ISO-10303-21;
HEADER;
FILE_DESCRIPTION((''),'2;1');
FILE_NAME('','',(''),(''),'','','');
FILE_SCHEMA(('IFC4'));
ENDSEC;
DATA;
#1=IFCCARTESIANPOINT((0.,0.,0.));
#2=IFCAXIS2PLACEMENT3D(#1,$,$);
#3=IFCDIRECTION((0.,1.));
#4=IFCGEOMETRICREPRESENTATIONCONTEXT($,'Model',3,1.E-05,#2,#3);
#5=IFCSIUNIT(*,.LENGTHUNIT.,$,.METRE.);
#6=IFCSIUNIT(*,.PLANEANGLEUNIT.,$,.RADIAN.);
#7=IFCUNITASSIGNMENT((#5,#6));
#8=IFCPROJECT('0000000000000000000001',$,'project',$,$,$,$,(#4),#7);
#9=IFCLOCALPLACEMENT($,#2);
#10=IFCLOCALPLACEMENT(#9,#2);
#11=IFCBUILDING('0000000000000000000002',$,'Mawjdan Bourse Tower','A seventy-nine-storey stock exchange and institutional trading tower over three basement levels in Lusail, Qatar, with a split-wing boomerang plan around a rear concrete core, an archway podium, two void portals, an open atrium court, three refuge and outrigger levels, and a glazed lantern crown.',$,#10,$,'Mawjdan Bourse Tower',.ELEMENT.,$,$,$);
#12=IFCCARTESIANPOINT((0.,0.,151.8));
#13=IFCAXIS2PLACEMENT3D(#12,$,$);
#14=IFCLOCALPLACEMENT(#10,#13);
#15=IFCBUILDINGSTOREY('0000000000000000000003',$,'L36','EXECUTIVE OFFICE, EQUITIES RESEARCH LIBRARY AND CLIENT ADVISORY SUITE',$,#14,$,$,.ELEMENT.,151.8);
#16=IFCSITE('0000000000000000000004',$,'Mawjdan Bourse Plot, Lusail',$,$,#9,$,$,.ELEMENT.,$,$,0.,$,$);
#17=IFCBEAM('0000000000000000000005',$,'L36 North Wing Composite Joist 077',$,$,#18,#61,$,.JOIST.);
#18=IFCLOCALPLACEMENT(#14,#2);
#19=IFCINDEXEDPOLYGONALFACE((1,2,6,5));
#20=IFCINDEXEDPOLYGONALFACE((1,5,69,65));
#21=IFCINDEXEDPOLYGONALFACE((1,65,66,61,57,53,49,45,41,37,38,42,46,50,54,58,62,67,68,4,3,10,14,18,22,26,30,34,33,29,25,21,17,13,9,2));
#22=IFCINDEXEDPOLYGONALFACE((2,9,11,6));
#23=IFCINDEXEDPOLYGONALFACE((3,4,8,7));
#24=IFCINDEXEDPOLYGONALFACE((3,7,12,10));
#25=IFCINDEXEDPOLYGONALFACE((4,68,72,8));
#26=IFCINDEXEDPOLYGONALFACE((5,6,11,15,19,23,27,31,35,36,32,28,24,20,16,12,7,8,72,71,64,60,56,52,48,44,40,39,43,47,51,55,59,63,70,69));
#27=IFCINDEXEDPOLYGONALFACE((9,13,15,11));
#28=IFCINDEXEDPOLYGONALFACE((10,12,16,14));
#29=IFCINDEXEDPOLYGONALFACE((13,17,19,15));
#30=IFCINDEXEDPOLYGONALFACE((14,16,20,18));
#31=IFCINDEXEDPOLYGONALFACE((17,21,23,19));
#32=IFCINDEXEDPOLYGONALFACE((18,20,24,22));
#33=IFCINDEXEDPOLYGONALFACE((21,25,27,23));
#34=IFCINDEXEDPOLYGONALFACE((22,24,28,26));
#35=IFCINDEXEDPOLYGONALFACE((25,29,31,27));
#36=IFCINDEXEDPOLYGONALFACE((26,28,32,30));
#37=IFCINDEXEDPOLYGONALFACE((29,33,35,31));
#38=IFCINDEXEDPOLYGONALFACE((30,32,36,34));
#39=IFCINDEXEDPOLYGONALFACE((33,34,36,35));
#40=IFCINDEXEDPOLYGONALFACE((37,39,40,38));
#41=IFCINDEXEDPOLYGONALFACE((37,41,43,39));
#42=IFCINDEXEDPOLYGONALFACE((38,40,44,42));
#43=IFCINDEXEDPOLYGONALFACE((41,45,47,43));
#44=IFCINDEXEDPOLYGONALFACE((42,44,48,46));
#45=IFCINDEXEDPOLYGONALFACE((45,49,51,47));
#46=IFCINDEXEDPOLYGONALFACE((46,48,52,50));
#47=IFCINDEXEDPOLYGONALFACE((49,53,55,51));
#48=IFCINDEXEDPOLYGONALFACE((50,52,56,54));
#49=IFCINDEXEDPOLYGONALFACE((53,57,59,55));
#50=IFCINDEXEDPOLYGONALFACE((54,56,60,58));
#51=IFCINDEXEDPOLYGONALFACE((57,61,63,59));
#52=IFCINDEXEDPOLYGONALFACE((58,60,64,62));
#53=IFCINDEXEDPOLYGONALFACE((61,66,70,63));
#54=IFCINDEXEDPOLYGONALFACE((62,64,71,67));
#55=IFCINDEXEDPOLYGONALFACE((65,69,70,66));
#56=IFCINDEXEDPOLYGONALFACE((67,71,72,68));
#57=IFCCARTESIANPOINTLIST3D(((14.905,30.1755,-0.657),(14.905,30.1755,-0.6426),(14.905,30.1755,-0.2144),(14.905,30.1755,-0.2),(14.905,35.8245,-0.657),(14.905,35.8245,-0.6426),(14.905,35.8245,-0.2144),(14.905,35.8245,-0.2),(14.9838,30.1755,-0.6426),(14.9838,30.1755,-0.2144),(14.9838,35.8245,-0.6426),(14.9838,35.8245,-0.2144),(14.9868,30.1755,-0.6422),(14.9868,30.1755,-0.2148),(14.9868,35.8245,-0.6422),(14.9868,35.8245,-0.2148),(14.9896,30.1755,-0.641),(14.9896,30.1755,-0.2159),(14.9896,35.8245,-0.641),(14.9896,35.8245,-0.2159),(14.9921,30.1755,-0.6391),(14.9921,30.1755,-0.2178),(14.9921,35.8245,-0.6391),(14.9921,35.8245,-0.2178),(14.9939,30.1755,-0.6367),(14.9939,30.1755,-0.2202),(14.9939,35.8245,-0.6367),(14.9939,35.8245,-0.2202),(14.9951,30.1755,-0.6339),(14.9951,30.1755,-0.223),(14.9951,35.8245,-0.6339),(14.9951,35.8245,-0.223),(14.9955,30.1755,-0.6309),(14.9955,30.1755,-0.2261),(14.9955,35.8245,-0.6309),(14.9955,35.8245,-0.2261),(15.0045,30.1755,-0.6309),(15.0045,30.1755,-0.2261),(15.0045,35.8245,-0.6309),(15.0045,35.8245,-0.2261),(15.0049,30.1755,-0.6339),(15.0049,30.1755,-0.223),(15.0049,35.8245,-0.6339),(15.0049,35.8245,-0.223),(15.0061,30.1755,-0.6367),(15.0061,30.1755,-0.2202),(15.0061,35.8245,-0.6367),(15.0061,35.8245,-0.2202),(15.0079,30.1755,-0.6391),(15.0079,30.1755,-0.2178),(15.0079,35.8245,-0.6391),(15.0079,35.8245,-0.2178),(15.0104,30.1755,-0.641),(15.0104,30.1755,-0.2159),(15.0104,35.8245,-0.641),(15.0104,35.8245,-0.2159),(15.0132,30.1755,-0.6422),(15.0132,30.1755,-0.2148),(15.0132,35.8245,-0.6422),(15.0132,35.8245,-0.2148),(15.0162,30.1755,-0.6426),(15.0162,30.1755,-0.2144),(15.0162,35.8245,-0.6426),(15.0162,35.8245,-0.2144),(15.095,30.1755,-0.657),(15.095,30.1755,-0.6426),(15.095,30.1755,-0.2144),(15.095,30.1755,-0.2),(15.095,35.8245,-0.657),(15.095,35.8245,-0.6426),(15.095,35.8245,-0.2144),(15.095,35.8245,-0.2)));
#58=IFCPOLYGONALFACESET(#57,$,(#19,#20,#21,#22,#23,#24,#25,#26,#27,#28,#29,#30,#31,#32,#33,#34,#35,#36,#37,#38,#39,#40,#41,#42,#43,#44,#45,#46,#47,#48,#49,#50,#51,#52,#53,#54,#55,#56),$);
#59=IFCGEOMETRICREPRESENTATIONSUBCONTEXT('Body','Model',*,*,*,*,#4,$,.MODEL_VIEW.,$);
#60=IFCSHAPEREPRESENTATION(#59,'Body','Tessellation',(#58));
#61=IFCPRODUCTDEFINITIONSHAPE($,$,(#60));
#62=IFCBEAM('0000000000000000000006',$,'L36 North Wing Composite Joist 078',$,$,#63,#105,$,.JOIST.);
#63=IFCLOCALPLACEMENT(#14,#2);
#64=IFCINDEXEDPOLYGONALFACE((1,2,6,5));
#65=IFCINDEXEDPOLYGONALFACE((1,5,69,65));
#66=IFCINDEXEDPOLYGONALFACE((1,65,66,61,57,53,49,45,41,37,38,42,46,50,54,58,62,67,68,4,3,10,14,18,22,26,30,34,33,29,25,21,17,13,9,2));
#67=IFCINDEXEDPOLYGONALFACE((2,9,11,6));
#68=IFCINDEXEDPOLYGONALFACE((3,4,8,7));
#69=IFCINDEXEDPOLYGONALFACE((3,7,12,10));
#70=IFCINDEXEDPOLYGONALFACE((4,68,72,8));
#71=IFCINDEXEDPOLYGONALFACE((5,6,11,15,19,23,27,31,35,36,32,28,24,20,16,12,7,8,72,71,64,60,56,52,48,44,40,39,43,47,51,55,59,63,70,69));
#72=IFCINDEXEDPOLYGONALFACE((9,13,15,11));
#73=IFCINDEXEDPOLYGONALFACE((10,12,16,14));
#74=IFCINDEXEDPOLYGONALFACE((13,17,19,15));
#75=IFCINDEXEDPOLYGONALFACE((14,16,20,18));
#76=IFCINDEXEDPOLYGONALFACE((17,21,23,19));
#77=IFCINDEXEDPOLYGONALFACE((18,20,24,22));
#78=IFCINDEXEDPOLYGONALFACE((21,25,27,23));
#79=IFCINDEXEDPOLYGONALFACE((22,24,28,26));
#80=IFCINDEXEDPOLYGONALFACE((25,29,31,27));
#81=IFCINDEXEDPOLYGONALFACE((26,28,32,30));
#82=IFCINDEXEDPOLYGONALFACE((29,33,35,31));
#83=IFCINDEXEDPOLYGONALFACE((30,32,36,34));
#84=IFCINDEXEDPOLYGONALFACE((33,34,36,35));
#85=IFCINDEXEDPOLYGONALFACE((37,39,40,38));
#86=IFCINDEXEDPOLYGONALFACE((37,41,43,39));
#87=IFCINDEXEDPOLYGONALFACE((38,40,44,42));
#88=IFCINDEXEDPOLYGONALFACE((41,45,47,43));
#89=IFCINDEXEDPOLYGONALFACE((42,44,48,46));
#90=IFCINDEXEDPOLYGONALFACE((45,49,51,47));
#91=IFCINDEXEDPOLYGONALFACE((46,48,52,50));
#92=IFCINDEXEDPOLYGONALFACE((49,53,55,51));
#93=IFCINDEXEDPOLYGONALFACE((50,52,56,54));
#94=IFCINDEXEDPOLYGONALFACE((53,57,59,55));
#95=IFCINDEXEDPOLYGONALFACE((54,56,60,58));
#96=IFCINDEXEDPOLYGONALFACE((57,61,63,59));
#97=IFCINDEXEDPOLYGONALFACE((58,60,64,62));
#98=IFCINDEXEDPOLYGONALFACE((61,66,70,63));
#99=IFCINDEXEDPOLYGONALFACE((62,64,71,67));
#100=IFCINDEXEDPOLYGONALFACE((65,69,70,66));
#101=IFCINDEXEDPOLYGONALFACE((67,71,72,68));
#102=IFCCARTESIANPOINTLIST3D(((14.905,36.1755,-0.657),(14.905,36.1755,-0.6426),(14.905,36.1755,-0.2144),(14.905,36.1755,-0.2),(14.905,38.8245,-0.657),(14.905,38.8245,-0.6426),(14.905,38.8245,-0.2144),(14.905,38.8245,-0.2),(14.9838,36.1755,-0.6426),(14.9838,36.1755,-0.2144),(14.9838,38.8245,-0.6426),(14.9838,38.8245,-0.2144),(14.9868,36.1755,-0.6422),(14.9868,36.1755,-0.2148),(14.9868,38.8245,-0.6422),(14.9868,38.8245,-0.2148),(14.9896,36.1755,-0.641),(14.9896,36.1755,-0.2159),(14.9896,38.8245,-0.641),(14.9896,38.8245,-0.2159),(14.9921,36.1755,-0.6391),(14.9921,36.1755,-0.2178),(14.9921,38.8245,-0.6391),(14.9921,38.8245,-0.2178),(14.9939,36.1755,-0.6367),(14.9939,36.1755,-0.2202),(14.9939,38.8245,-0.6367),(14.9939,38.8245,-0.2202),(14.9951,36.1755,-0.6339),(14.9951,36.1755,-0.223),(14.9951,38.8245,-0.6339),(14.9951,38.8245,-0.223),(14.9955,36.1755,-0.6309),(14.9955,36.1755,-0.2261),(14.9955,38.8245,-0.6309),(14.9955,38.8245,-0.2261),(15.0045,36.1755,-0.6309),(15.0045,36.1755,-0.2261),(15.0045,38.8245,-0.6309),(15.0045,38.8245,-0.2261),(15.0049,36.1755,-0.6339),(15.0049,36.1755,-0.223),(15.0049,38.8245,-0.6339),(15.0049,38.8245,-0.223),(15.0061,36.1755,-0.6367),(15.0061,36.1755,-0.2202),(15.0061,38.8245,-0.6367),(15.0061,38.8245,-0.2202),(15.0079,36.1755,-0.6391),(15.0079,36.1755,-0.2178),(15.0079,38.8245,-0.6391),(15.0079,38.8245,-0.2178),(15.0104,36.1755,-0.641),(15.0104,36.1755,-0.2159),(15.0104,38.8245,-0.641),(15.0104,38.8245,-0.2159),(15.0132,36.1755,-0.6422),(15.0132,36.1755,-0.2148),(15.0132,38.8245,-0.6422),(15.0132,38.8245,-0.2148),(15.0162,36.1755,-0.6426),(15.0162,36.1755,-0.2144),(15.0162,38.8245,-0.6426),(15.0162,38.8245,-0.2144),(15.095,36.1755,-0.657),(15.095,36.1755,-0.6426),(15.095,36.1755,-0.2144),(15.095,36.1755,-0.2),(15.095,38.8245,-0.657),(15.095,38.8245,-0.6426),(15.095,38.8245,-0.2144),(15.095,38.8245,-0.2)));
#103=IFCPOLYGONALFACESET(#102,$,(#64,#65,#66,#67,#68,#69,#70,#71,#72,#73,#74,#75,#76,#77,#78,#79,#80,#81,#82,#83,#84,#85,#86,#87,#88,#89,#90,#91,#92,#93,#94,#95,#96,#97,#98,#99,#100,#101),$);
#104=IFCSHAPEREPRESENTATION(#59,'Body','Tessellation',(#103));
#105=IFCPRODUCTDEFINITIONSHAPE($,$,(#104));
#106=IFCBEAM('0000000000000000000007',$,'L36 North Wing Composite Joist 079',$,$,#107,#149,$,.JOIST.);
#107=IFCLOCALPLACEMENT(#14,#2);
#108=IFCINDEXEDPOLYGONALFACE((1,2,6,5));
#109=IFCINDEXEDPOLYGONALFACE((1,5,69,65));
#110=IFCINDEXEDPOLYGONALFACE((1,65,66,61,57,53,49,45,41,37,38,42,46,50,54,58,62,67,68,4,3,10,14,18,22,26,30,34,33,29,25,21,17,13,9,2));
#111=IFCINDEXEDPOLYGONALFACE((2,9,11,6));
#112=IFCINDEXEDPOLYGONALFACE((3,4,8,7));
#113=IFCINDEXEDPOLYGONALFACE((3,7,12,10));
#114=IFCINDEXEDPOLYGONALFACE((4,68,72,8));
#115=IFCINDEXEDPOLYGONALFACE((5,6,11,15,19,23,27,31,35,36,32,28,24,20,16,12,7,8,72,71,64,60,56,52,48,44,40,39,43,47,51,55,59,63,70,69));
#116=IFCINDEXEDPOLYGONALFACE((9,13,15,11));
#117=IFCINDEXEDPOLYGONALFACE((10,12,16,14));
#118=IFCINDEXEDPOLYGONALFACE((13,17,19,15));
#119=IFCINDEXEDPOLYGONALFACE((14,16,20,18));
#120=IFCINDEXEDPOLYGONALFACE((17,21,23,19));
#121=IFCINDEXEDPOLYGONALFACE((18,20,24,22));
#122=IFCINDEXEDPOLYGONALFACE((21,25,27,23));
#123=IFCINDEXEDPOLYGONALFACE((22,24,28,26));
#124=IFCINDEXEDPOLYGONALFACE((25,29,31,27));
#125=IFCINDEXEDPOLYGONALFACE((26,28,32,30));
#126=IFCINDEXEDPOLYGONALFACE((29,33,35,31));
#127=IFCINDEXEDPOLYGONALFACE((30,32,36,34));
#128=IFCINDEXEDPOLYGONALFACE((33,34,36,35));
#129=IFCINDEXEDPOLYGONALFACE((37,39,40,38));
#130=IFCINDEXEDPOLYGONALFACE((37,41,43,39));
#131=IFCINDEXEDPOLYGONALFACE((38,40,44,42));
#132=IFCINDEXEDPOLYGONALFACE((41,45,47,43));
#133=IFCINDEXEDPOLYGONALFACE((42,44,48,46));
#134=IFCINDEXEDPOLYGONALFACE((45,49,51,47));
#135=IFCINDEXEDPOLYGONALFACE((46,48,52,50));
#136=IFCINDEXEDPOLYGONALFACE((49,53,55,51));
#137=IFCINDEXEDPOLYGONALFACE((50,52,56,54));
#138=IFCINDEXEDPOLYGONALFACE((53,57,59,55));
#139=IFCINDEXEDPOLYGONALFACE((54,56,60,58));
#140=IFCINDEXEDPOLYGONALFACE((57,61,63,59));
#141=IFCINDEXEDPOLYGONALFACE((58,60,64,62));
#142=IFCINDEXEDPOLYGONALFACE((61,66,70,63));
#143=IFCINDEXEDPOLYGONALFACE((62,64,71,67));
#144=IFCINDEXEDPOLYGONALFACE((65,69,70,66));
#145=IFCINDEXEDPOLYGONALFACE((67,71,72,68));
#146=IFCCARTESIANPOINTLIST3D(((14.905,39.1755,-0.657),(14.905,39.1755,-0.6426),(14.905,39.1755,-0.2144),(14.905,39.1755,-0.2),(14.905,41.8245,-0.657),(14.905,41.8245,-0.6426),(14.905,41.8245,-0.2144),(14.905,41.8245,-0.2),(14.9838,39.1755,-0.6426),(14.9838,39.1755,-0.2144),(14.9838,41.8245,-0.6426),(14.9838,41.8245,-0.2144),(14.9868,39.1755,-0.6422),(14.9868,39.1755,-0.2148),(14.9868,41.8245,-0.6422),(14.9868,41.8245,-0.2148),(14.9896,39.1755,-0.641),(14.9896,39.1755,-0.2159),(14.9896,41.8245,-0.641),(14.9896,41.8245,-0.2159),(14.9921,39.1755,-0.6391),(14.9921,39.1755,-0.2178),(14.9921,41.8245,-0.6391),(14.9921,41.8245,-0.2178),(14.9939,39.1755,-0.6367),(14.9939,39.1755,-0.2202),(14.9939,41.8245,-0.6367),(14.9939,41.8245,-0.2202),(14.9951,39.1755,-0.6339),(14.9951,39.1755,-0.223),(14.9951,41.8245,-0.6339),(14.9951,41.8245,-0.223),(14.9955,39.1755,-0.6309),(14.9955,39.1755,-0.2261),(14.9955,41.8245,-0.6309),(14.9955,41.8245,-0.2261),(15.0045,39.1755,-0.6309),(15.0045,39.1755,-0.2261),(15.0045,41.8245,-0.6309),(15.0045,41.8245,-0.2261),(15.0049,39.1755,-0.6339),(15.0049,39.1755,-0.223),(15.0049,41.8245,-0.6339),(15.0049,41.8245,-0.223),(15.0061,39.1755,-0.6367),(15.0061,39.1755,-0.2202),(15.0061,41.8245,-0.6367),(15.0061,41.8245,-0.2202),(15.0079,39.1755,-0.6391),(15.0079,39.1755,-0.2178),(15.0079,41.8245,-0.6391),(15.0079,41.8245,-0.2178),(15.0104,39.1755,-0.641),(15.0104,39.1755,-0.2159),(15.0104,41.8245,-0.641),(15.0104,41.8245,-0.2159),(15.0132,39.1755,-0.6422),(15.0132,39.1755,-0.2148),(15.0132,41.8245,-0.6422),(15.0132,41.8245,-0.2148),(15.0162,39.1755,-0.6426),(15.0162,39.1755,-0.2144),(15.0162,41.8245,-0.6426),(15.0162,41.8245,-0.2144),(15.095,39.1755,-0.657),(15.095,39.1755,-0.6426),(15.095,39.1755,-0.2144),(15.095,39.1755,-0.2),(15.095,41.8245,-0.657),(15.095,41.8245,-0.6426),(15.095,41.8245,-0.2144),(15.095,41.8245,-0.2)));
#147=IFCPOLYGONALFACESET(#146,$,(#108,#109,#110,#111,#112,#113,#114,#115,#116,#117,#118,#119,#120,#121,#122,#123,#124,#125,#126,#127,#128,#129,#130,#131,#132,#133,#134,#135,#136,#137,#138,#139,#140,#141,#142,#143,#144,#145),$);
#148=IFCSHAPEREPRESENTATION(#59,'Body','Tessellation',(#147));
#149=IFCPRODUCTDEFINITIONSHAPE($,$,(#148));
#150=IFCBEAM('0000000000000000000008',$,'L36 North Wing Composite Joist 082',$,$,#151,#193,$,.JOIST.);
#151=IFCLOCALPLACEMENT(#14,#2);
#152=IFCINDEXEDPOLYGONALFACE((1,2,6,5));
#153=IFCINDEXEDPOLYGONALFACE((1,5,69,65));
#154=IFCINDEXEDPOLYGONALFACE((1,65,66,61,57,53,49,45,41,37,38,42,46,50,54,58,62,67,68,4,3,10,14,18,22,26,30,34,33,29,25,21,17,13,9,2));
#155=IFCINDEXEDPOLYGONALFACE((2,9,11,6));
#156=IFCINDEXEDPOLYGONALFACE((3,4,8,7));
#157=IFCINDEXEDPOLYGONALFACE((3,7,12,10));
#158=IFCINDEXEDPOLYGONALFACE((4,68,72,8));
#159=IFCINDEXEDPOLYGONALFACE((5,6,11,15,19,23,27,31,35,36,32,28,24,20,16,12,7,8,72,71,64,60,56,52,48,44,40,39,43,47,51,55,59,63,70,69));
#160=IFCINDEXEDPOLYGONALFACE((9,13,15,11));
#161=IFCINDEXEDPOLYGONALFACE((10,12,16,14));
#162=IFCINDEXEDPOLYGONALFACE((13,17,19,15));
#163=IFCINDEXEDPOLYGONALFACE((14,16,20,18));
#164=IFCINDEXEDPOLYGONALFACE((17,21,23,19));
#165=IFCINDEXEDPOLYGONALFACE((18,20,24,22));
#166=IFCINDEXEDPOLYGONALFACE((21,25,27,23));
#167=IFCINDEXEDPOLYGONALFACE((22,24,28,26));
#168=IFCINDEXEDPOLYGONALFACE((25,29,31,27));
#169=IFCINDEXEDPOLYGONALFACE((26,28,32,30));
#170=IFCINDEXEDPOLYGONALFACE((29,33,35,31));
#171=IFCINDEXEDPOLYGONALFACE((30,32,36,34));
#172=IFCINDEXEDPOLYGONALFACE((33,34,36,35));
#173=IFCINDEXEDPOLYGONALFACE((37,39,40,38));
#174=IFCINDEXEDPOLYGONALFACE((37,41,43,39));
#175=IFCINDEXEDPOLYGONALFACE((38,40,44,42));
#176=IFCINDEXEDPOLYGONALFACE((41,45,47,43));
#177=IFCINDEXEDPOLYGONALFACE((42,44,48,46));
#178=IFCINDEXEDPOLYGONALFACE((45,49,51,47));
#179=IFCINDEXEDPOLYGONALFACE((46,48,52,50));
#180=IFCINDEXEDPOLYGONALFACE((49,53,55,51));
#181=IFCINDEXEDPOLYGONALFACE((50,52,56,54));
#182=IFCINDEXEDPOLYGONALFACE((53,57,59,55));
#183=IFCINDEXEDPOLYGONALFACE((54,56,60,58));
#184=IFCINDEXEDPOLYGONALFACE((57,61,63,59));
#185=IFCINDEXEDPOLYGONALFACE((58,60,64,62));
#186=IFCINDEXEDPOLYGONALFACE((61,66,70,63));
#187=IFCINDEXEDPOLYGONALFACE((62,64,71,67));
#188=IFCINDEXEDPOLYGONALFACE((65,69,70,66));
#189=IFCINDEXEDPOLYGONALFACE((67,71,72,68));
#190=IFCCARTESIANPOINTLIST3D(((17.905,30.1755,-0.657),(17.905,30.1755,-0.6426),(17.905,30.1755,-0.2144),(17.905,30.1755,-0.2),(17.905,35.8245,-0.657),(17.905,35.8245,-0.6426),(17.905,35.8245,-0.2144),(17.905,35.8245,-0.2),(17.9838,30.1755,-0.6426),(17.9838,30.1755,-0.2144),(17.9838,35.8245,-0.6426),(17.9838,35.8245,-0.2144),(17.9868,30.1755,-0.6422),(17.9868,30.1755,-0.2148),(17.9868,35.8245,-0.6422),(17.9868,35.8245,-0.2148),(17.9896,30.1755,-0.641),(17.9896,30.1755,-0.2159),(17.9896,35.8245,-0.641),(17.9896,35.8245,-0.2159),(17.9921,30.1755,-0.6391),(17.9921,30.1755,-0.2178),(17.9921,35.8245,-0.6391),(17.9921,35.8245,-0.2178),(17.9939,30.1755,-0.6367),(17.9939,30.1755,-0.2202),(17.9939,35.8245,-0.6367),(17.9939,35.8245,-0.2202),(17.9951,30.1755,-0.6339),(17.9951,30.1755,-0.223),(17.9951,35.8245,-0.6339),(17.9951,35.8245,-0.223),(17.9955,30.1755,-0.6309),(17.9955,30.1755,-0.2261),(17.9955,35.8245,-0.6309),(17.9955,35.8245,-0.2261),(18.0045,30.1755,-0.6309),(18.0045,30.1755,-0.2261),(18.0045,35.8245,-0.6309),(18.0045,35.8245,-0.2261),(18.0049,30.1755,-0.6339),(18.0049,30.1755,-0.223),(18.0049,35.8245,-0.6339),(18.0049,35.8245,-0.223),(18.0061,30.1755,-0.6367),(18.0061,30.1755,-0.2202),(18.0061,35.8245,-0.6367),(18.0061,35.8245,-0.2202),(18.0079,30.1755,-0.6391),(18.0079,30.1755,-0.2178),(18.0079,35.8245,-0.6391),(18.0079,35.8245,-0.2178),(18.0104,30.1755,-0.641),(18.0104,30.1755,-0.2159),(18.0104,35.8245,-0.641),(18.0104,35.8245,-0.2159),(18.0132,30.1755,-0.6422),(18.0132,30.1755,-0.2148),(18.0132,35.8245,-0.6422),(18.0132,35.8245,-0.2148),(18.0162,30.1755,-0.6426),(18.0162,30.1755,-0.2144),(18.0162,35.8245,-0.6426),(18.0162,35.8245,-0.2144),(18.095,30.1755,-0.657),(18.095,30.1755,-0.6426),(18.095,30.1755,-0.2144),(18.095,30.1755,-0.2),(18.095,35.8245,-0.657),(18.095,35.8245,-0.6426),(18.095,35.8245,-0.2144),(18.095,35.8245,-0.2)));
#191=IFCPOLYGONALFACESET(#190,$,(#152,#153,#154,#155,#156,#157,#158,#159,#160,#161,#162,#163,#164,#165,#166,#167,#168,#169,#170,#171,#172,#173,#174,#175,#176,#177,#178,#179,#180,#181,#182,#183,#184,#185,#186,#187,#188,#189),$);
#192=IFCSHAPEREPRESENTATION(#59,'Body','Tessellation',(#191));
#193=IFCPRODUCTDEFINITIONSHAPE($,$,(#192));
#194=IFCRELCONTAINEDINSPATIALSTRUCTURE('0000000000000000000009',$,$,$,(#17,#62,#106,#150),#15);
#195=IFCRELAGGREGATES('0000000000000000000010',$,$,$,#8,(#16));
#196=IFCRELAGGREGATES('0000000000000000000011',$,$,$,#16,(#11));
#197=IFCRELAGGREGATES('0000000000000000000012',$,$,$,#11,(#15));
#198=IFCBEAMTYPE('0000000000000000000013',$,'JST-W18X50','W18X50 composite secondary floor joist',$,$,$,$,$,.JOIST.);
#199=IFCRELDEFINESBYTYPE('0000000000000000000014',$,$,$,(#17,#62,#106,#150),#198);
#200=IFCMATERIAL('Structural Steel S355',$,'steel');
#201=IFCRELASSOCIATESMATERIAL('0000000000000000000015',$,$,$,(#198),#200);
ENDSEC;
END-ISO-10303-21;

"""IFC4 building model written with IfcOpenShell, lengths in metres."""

from ifc_helpers import new_model, si_unit, direction, frame, origin, origin_2d, place, context, subcontext, project, spatial, i_section, extrude, material, material_profile, profile_set, type_object, element, save


model = new_model("IFC4")

# Units and contexts
model_context = context("Model", 3, precision=1e-05, world=origin(), true_north=direction((0.0, 1.0)))
body_context = subcontext(model_context, "Body", "Model", "MODEL_VIEW")
ifc_project = project(units=[si_unit("LENGTHUNIT", "METRE"), si_unit("PLANEANGLEUNIT", "RADIAN")], contexts=[model_context])

# Site, building, storey
site_placement = place(None, origin())
site = spatial("IfcSite", under=ifc_project, at=site_placement, Name="Mawjdan Bourse Plot, Lusail", CompositionType="ELEMENT", RefElevation=0.0)
building_placement = place(site_placement, origin())
building = spatial("IfcBuilding", under=site, at=building_placement, Name="Mawjdan Bourse Tower", Description="A seventy-nine-storey stock exchange and institutional trading tower over three basement levels in Lusail, Qatar, with a split-wing boomerang plan around a rear concrete core, an archway podium, two void portals, an open atrium court, three refuge and outrigger levels, and a glazed lantern crown.", LongName="Mawjdan Bourse Tower", CompositionType="ELEMENT")
storey_placement = place(building_placement, frame((0.0, 0.0, 151.8)))
storey = spatial("IfcBuildingStorey", under=building, at=storey_placement, Name="L36", Description="EXECUTIVE OFFICE, EQUITIES RESEARCH LIBRARY AND CLIENT ADVISORY SUITE", CompositionType="ELEMENT", Elevation=151.8)

# Beams
ifc_material_1 = material(Name="Structural Steel S355", Category="steel")
ifc_material_profile_1 = material_profile(ifc_material_1, i_section(OverallWidth=0.1899, OverallDepth=0.457, WebThickness=0.009, FlangeThickness=0.0144, FilletRadius=0.0117, at=origin_2d()), Name="W18X50")
ifc_profile_set_1 = profile_set([ifc_material_profile_1], Name="Structural Steel S355")
beam_type_1 = type_object("IfcBeamType", Name="JST-W18X50", Description="W18X50 composite secondary floor joist", PredefinedType="JOIST", material=ifc_profile_set_1)
beam_1_placement = place(storey_placement, frame((15.0, 30.1755, -0.4285), z_axis=(0.0, 1.0, 0.0), x_axis=(-1.0, 0.0, 0.0)))
element("IfcBeam", 1, at=beam_1_placement, inside=storey, type_object=beam_type_1, Name="L36 North Wing Composite Joist 077", PredefinedType="JOIST", context=body_context, shape_type="SweptSolid", body=[
    extrude(i_section(OverallWidth=0.1899, OverallDepth=0.457, WebThickness=0.009, FlangeThickness=0.0144, FilletRadius=0.0117, at=origin_2d()), origin(), (0.0, 0.0, 1.0), 5.6489),
])
for number, where, z_axis, x_axis, name in (
    (2, (15.0, 36.1755, -0.4285), (0.0, 1.0, 0.0), (-1.0, 0.0, 0.0), "L36 North Wing Composite Joist 078"),
    (3, (15.0, 39.1755, -0.4285), (0.0, 1.0, 0.0), (-1.0, 0.0, 0.0), "L36 North Wing Composite Joist 079"),
):
    element("IfcBeam", number, at=place(storey_placement, frame(where, z_axis=z_axis, x_axis=x_axis)), inside=storey, type_object=beam_type_1, Name=name, PredefinedType="JOIST", context=body_context, shape_type="SweptSolid", body=[
        extrude(i_section(OverallWidth=0.1899, OverallDepth=0.457, WebThickness=0.009, FlangeThickness=0.0144, FilletRadius=0.0117, at=origin_2d()), origin(), (0.0, 0.0, 1.0), 2.6489),
    ])
beam_2_placement = place(storey_placement, frame((18.0, 30.1755, -0.4285), z_axis=(0.0, 1.0, 0.0), x_axis=(-1.0, 0.0, 0.0)))
element("IfcBeam", 4, at=beam_2_placement, inside=storey, type_object=beam_type_1, Name="L36 North Wing Composite Joist 082", PredefinedType="JOIST", context=body_context, shape_type="SweptSolid", body=[
    extrude(i_section(OverallWidth=0.1899, OverallDepth=0.457, WebThickness=0.009, FlangeThickness=0.0144, FilletRadius=0.0117, at=origin_2d()), origin(), (0.0, 0.0, 1.0), 5.6489),
])

save(model, "model.ifc")
